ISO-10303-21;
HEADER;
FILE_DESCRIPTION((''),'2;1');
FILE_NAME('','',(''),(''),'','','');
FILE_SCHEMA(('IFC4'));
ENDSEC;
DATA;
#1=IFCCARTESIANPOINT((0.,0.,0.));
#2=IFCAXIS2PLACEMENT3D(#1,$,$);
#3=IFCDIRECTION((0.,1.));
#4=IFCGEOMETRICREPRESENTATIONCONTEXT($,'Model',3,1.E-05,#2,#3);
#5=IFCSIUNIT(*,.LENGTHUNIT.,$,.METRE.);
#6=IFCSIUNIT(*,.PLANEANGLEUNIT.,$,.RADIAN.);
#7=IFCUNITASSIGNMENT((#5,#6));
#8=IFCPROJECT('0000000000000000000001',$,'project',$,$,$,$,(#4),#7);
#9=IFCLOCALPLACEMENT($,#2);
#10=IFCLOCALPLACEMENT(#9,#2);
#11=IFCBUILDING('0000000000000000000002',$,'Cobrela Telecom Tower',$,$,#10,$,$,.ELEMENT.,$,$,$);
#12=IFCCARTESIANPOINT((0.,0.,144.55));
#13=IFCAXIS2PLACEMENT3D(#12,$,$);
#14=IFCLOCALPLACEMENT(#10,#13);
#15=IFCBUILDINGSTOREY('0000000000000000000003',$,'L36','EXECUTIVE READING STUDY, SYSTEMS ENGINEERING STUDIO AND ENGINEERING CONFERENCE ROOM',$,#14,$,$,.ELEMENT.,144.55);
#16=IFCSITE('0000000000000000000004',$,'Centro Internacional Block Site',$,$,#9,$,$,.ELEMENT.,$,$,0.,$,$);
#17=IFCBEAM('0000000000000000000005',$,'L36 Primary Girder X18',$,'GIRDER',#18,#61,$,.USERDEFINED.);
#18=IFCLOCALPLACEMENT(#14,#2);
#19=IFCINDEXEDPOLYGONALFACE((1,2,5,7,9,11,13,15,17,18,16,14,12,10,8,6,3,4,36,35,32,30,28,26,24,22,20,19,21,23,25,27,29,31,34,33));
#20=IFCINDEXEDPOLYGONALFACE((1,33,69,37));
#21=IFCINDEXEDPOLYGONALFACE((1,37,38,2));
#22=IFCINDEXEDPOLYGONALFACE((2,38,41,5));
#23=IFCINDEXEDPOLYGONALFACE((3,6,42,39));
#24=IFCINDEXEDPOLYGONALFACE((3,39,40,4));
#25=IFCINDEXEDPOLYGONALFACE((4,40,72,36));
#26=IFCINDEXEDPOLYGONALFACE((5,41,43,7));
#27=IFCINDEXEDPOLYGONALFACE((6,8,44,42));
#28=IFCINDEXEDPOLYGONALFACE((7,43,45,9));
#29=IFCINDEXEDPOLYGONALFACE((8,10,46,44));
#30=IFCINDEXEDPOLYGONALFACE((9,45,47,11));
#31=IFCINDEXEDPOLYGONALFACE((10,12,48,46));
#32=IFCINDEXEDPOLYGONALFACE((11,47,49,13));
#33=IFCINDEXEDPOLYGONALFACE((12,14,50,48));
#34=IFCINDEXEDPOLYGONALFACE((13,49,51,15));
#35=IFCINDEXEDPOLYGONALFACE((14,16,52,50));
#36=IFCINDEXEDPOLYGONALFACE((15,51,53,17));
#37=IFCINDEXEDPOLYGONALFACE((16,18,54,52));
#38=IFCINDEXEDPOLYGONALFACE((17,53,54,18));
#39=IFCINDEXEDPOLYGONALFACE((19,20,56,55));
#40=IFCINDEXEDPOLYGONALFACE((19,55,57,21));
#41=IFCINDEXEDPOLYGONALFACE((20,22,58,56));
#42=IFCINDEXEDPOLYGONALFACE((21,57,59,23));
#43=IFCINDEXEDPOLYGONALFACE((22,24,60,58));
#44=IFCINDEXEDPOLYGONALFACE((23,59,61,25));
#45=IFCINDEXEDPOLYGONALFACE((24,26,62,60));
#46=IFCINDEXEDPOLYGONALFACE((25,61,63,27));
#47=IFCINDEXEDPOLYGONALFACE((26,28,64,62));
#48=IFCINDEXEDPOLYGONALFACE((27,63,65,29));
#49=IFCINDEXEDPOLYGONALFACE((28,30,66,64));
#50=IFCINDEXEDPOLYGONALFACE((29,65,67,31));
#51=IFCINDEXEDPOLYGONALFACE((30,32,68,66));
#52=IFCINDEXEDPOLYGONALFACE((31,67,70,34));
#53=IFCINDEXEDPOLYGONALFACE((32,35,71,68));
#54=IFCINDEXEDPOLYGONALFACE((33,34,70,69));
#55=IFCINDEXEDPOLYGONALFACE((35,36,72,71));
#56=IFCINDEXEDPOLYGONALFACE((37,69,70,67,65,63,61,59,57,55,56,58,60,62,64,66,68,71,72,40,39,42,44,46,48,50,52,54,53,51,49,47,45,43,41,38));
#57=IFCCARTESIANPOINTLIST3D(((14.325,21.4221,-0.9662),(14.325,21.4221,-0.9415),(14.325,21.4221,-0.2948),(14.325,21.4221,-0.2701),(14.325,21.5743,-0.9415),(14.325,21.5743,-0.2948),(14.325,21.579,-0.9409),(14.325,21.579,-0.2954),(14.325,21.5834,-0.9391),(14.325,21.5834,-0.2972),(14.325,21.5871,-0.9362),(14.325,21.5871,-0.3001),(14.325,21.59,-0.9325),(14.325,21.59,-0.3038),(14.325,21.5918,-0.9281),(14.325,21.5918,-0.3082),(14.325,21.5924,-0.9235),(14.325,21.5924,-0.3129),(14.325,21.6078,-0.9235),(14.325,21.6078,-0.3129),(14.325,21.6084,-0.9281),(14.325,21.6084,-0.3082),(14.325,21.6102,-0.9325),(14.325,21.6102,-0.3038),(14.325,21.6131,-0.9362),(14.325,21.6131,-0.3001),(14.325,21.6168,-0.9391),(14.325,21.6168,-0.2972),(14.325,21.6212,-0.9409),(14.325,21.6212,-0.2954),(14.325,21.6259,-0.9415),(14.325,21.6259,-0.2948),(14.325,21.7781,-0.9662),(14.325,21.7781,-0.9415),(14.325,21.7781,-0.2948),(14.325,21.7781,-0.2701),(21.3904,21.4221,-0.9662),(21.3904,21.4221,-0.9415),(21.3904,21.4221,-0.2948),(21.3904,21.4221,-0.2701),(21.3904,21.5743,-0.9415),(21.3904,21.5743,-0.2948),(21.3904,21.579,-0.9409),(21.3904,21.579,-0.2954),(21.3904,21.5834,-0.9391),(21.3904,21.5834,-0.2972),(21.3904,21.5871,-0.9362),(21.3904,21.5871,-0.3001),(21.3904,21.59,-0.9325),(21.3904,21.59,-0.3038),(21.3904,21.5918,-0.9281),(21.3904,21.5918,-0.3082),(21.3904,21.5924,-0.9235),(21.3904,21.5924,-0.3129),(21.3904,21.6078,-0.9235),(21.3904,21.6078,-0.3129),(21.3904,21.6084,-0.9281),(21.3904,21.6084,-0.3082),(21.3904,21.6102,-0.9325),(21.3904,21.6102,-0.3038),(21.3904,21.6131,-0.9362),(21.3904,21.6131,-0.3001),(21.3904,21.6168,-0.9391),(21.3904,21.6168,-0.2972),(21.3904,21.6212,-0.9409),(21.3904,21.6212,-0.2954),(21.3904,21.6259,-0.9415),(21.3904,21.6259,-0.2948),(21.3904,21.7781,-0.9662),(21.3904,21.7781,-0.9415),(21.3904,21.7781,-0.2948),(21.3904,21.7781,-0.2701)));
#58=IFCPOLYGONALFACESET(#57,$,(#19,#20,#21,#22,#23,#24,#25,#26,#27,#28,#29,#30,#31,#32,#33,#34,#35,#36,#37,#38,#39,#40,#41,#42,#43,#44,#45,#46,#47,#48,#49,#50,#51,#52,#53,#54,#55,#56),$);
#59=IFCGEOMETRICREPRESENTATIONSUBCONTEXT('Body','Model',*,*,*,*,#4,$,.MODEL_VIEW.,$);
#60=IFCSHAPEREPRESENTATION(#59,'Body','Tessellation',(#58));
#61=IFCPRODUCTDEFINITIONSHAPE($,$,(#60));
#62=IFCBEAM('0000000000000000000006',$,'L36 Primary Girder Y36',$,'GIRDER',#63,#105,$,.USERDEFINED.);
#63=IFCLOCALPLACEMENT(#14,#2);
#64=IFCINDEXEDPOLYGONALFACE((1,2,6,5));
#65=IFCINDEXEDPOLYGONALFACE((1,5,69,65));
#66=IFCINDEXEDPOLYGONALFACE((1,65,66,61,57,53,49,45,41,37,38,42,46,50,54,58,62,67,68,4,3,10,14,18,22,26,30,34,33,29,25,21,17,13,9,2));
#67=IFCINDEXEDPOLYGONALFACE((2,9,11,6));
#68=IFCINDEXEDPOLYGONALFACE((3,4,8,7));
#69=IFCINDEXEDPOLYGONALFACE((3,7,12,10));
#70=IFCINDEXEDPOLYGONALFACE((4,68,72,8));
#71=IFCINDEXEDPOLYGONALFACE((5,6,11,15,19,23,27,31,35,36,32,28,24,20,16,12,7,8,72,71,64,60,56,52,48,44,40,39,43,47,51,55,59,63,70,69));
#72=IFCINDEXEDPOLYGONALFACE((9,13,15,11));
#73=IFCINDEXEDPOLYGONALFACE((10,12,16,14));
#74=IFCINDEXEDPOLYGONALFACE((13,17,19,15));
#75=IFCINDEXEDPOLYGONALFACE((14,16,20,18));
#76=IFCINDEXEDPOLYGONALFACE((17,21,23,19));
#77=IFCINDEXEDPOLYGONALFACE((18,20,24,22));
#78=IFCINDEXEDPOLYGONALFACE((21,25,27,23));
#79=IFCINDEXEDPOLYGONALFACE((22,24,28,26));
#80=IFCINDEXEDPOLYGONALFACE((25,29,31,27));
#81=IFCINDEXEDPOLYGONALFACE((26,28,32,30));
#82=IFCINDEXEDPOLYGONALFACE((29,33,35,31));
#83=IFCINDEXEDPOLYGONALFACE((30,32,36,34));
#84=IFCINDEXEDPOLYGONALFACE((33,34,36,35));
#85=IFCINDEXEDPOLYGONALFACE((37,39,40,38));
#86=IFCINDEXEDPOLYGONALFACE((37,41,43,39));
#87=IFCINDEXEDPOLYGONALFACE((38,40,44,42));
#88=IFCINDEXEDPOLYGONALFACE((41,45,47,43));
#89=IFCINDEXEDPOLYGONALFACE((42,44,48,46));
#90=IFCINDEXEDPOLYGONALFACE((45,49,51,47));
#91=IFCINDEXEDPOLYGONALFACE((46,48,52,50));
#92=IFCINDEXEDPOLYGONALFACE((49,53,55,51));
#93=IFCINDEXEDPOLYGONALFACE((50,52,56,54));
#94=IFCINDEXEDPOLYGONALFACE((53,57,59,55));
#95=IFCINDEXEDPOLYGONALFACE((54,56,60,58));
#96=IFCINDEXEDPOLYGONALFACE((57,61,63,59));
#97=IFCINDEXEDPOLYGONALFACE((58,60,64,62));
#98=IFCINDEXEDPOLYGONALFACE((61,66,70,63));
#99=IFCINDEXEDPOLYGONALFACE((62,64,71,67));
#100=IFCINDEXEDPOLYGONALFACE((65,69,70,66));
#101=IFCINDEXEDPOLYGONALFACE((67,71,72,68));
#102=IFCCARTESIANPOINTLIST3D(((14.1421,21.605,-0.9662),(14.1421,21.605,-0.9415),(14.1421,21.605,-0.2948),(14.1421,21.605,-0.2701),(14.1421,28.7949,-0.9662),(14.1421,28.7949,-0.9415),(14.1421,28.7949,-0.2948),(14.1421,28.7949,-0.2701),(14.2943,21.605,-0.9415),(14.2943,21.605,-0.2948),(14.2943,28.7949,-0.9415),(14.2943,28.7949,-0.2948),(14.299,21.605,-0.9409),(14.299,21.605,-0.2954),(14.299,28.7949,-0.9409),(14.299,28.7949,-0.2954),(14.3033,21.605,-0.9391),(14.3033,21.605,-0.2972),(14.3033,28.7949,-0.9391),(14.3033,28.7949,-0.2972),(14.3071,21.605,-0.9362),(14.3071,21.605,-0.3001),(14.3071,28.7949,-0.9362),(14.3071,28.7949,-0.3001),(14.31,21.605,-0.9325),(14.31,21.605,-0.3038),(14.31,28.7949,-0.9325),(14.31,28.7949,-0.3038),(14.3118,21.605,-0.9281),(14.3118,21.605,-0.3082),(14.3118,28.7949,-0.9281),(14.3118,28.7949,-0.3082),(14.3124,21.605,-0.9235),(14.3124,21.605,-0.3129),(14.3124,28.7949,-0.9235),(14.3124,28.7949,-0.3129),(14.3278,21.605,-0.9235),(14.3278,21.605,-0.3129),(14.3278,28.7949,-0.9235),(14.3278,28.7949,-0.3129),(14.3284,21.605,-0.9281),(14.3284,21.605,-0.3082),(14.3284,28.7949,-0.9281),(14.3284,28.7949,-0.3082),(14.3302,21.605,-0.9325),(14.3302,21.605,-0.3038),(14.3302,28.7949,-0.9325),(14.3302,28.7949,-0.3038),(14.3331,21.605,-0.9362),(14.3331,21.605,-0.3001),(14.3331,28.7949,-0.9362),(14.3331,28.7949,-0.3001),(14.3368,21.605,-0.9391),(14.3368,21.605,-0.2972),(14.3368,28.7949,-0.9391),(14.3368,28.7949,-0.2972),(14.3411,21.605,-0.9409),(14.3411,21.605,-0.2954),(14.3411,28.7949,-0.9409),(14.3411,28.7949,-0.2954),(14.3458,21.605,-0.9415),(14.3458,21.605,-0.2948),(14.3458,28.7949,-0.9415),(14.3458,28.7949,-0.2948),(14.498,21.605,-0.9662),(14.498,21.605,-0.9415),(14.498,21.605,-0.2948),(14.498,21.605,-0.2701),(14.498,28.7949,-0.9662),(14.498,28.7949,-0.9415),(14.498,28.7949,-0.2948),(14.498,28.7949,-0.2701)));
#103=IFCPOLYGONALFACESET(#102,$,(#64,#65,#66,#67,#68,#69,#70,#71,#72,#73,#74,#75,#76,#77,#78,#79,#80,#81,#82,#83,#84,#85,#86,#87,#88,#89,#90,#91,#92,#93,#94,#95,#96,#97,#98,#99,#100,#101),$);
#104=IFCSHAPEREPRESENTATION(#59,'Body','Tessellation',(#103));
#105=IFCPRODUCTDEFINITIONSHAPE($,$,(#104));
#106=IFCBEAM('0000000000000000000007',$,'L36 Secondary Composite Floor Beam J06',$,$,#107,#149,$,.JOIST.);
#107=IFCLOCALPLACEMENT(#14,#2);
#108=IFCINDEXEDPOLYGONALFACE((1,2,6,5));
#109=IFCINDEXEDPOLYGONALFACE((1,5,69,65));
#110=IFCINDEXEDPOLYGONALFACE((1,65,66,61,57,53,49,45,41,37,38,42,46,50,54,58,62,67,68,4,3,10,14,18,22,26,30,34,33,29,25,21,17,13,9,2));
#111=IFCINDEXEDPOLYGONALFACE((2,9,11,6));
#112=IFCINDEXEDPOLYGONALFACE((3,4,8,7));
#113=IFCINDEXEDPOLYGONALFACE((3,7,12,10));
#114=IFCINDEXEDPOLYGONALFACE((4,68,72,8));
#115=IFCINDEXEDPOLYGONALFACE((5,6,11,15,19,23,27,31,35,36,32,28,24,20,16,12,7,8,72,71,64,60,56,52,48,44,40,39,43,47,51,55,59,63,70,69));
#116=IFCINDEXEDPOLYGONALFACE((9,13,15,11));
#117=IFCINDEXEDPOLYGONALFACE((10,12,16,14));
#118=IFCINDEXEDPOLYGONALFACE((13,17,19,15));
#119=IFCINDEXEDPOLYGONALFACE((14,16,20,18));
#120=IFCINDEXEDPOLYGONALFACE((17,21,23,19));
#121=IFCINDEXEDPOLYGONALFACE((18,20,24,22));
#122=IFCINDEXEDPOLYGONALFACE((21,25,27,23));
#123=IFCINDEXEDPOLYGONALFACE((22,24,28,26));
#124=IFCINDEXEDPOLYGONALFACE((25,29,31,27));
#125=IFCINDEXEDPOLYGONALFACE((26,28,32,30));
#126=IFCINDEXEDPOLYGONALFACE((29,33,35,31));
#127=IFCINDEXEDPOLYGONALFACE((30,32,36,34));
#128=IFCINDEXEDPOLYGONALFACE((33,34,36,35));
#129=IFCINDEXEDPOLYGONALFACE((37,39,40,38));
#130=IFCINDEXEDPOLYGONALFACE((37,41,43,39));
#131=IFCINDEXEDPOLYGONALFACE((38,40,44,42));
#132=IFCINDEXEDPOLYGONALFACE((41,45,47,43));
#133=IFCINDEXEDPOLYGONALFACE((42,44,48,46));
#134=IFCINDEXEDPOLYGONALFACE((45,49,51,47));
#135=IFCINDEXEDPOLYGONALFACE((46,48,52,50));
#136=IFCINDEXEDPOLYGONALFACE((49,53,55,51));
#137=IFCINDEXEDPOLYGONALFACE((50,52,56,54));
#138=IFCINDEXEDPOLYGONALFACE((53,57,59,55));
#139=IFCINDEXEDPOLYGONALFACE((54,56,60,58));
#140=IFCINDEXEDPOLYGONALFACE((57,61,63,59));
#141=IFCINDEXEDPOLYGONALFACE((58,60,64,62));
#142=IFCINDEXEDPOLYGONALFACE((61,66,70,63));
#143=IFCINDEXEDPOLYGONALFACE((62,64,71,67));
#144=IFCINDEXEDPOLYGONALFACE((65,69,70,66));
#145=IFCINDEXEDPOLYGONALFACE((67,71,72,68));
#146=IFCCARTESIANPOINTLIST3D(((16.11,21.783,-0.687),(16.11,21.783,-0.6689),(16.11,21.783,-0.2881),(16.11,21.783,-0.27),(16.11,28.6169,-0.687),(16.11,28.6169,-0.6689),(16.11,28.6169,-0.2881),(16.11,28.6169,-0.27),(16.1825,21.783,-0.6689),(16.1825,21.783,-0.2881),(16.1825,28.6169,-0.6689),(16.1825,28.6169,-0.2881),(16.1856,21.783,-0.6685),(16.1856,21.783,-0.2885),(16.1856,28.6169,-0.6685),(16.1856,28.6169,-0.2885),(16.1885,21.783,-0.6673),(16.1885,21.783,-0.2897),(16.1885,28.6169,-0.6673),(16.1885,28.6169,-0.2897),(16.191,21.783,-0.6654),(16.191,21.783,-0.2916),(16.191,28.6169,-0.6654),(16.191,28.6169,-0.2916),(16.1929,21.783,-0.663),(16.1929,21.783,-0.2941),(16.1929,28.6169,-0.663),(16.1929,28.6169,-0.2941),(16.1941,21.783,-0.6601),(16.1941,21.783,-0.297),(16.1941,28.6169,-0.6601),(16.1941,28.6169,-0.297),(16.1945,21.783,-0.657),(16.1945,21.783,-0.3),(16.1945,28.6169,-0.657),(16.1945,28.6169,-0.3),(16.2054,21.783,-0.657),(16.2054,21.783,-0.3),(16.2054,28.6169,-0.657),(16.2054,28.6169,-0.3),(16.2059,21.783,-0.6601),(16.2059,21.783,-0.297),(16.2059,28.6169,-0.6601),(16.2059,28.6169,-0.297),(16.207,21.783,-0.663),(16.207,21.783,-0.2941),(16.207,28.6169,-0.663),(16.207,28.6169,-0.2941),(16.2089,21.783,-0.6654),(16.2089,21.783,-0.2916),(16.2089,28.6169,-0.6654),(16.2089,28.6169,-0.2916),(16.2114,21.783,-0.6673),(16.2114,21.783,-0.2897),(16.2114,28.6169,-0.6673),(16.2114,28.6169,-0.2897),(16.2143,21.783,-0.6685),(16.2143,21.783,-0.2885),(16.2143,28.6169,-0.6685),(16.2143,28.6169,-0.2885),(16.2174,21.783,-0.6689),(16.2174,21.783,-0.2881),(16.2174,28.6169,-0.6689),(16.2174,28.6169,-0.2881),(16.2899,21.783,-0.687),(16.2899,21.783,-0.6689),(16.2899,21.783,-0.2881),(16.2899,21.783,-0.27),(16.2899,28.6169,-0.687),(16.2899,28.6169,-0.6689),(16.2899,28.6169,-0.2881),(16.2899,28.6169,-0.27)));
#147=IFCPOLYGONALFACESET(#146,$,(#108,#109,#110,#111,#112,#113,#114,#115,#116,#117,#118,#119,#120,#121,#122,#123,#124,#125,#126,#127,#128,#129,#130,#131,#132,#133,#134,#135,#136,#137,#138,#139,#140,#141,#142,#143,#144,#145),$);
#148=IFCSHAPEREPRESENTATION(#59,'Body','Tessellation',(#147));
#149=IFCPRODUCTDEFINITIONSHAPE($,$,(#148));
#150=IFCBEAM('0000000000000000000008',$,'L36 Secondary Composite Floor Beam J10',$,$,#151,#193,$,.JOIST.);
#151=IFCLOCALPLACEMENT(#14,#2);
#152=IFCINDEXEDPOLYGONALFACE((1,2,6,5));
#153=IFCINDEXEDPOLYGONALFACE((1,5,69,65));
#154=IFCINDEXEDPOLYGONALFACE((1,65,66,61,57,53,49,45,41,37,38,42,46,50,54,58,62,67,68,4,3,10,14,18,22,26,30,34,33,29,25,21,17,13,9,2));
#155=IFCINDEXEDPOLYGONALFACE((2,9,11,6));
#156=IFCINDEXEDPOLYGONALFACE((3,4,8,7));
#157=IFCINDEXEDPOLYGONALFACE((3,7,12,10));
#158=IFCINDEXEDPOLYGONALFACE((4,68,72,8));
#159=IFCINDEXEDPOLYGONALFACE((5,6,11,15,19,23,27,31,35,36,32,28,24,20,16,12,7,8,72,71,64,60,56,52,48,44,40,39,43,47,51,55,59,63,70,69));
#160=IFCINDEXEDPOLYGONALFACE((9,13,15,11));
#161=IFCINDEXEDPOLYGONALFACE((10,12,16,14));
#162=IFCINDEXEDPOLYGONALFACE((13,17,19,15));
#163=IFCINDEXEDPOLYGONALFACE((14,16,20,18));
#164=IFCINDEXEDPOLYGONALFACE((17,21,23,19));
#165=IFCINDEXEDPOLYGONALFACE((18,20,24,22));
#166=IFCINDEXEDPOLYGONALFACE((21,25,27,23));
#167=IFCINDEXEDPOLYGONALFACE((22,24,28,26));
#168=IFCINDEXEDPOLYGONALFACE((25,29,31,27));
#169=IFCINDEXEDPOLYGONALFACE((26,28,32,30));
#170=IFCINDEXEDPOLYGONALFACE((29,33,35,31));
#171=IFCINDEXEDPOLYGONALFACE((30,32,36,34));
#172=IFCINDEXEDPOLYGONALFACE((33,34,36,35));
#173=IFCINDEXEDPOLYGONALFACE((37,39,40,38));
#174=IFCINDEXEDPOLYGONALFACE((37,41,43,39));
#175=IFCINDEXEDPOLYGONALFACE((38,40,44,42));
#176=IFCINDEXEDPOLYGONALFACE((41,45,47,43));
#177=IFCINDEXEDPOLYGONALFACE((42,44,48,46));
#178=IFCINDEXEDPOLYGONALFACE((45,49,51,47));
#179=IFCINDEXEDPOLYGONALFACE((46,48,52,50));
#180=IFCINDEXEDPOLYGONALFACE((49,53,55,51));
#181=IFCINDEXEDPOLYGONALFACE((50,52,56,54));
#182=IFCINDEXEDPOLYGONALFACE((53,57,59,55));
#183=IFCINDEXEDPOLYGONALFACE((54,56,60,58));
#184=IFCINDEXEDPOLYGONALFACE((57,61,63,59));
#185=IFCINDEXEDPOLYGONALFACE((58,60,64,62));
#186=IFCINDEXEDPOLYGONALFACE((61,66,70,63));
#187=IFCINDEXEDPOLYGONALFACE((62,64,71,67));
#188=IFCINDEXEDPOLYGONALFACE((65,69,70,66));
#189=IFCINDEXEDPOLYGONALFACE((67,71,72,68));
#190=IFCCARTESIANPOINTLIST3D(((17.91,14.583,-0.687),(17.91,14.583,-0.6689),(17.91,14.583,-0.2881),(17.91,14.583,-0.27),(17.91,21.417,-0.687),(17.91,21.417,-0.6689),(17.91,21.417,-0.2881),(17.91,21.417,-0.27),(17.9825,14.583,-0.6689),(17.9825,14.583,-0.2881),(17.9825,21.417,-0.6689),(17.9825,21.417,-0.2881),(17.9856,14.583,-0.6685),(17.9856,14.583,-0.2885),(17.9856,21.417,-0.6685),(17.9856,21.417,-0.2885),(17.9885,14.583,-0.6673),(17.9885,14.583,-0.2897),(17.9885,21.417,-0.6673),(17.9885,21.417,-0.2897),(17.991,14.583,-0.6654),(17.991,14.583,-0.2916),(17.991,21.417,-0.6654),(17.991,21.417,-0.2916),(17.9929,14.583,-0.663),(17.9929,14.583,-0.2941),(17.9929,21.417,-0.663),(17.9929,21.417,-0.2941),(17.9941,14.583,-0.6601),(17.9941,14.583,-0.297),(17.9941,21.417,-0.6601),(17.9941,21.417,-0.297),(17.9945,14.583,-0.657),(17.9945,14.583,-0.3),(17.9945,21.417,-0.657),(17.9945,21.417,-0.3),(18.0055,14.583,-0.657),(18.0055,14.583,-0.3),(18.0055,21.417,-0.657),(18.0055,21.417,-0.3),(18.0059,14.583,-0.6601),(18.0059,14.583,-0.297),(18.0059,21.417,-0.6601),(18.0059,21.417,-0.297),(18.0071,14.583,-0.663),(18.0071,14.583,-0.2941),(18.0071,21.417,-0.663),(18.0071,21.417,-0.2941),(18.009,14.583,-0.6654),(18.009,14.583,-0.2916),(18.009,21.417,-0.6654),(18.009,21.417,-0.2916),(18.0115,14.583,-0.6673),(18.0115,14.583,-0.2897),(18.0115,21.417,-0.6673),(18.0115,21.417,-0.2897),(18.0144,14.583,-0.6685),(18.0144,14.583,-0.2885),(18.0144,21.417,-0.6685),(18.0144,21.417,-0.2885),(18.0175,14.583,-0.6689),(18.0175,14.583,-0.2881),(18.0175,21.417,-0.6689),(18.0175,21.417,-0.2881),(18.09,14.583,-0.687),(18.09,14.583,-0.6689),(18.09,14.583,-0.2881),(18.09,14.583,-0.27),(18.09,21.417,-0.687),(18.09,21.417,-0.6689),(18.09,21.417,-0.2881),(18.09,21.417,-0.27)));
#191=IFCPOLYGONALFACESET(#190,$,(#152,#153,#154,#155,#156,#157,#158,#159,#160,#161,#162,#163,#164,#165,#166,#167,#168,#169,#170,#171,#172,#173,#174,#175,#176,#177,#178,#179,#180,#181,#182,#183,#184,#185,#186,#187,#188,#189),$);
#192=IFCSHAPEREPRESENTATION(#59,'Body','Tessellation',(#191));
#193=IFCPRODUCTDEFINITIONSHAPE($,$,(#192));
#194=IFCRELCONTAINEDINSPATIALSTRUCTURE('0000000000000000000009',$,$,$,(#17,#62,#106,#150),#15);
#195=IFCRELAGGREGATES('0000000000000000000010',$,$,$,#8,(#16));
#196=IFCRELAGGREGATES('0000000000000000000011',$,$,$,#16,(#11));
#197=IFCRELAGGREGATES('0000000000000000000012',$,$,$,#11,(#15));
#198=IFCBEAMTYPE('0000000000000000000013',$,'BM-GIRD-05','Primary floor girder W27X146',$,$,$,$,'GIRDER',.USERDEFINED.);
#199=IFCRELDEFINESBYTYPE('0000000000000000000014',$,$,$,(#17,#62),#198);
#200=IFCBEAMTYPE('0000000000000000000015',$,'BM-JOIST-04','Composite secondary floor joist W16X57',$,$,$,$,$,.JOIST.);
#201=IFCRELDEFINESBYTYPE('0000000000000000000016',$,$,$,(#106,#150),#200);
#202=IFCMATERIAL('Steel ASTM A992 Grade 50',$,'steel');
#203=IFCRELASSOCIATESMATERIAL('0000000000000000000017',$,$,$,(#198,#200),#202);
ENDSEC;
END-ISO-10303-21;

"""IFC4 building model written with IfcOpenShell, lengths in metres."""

from ifc_helpers import new_model, si_unit, direction, frame, origin, origin_2d, place, context, subcontext, project, spatial, i_section, extrude, material, material_profile, profile_set, type_object, element, save


model = new_model("IFC4")

# Units and contexts
model_context = context("Model", 3, precision=1e-05, world=origin(), true_north=direction((0.0, 1.0)))
body_context = subcontext(model_context, "Body", "Model", "MODEL_VIEW")
ifc_project = project(units=[si_unit("LENGTHUNIT", "METRE"), si_unit("PLANEANGLEUNIT", "RADIAN")], contexts=[model_context])

# Site, building, storey
site_placement = place(None, origin())
site = spatial("IfcSite", under=ifc_project, at=site_placement, Name="Centro Internacional Block Site", CompositionType="ELEMENT", RefElevation=0.0)
building_placement = place(site_placement, origin())
building = spatial("IfcBuilding", under=site, at=building_placement, Name="Cobrela Telecom Tower", CompositionType="ELEMENT")
storey_placement = place(building_placement, frame((0.0, 0.0, 144.55)))
storey = spatial("IfcBuildingStorey", under=building, at=storey_placement, Name="L36", Description="EXECUTIVE READING STUDY, SYSTEMS ENGINEERING STUDIO AND ENGINEERING CONFERENCE ROOM", CompositionType="ELEMENT", Elevation=144.55)

# Beams
ifc_material_1 = material(Name="Steel ASTM A992 Grade 50", Category="steel")
ifc_material_profile_1 = material_profile(ifc_material_1, i_section(OverallWidth=0.356, OverallDepth=0.696, WebThickness=0.0154, FlangeThickness=0.0247, FilletRadius=0.0181, at=origin_2d()), Name="W27X146")
ifc_profile_set_1 = profile_set([ifc_material_profile_1], Name="Steel ASTM A992 Grade 50")
beam_type_1 = type_object("IfcBeamType", Name="BM-GIRD-05", Description="Primary floor girder W27X146", ElementType="GIRDER", PredefinedType="USERDEFINED", material=ifc_profile_set_1)
beam_1_placement = place(storey_placement, frame((14.325, 21.6001, -0.6182), z_axis=(1.0, 0.0, 0.0), x_axis=(0.0, 1.0, 0.0)))
element("IfcBeam", 1, at=beam_1_placement, inside=storey, type_object=beam_type_1, Name="L36 Primary Girder X18", ObjectType="GIRDER", PredefinedType="USERDEFINED", context=body_context, shape_type="SweptSolid", body=[
    extrude(i_section(OverallWidth=0.356, OverallDepth=0.696, WebThickness=0.0154, FlangeThickness=0.0247, FilletRadius=0.0181, at=origin_2d()), origin(), (0.0, 0.0, 1.0), 7.0654),
])
beam_2_placement = place(storey_placement, frame((14.3201, 21.605, -0.6182), z_axis=(0.0, 1.0, 0.0), x_axis=(-1.0, 0.0, 0.0)))
element("IfcBeam", 2, at=beam_2_placement, inside=storey, type_object=beam_type_1, Name="L36 Primary Girder Y36", ObjectType="GIRDER", PredefinedType="USERDEFINED", context=body_context, shape_type="SweptSolid", body=[
    extrude(i_section(OverallWidth=0.356, OverallDepth=0.696, WebThickness=0.0154, FlangeThickness=0.0247, FilletRadius=0.0181, at=origin_2d()), origin(), (0.0, 0.0, 1.0), 7.1899),
])
ifc_material_profile_2 = material_profile(ifc_material_1, i_section(OverallWidth=0.1799, OverallDepth=0.417, WebThickness=0.011, FlangeThickness=0.0181, FilletRadius=0.012, at=origin_2d()), Name="W16X57")
ifc_profile_set_2 = profile_set([ifc_material_profile_2], Name="Steel ASTM A992 Grade 50")
beam_type_2 = type_object("IfcBeamType", Name="BM-JOIST-04", Description="Composite secondary floor joist W16X57", PredefinedType="JOIST", material=ifc_profile_set_2)
for number, where, z_axis, x_axis, name in (
    (3, (16.2, 21.783, -0.4785), (0.0, 1.0, 0.0), (-1.0, 0.0, 0.0), "L36 Secondary Composite Floor Beam J06"),
    (4, (18.0, 14.583, -0.4785), (0.0, 1.0, 0.0), (-1.0, 0.0, 0.0), "L36 Secondary Composite Floor Beam J10"),
):
    element("IfcBeam", number, at=place(storey_placement, frame(where, z_axis=z_axis, x_axis=x_axis)), inside=storey, type_object=beam_type_2, Name=name, PredefinedType="JOIST", context=body_context, shape_type="SweptSolid", body=[
        extrude(i_section(OverallWidth=0.1799, OverallDepth=0.417, WebThickness=0.011, FlangeThickness=0.0181, FilletRadius=0.012, at=origin_2d()), origin(), (0.0, 0.0, 1.0), 6.834),
    ])

save(model, "model.ifc")
